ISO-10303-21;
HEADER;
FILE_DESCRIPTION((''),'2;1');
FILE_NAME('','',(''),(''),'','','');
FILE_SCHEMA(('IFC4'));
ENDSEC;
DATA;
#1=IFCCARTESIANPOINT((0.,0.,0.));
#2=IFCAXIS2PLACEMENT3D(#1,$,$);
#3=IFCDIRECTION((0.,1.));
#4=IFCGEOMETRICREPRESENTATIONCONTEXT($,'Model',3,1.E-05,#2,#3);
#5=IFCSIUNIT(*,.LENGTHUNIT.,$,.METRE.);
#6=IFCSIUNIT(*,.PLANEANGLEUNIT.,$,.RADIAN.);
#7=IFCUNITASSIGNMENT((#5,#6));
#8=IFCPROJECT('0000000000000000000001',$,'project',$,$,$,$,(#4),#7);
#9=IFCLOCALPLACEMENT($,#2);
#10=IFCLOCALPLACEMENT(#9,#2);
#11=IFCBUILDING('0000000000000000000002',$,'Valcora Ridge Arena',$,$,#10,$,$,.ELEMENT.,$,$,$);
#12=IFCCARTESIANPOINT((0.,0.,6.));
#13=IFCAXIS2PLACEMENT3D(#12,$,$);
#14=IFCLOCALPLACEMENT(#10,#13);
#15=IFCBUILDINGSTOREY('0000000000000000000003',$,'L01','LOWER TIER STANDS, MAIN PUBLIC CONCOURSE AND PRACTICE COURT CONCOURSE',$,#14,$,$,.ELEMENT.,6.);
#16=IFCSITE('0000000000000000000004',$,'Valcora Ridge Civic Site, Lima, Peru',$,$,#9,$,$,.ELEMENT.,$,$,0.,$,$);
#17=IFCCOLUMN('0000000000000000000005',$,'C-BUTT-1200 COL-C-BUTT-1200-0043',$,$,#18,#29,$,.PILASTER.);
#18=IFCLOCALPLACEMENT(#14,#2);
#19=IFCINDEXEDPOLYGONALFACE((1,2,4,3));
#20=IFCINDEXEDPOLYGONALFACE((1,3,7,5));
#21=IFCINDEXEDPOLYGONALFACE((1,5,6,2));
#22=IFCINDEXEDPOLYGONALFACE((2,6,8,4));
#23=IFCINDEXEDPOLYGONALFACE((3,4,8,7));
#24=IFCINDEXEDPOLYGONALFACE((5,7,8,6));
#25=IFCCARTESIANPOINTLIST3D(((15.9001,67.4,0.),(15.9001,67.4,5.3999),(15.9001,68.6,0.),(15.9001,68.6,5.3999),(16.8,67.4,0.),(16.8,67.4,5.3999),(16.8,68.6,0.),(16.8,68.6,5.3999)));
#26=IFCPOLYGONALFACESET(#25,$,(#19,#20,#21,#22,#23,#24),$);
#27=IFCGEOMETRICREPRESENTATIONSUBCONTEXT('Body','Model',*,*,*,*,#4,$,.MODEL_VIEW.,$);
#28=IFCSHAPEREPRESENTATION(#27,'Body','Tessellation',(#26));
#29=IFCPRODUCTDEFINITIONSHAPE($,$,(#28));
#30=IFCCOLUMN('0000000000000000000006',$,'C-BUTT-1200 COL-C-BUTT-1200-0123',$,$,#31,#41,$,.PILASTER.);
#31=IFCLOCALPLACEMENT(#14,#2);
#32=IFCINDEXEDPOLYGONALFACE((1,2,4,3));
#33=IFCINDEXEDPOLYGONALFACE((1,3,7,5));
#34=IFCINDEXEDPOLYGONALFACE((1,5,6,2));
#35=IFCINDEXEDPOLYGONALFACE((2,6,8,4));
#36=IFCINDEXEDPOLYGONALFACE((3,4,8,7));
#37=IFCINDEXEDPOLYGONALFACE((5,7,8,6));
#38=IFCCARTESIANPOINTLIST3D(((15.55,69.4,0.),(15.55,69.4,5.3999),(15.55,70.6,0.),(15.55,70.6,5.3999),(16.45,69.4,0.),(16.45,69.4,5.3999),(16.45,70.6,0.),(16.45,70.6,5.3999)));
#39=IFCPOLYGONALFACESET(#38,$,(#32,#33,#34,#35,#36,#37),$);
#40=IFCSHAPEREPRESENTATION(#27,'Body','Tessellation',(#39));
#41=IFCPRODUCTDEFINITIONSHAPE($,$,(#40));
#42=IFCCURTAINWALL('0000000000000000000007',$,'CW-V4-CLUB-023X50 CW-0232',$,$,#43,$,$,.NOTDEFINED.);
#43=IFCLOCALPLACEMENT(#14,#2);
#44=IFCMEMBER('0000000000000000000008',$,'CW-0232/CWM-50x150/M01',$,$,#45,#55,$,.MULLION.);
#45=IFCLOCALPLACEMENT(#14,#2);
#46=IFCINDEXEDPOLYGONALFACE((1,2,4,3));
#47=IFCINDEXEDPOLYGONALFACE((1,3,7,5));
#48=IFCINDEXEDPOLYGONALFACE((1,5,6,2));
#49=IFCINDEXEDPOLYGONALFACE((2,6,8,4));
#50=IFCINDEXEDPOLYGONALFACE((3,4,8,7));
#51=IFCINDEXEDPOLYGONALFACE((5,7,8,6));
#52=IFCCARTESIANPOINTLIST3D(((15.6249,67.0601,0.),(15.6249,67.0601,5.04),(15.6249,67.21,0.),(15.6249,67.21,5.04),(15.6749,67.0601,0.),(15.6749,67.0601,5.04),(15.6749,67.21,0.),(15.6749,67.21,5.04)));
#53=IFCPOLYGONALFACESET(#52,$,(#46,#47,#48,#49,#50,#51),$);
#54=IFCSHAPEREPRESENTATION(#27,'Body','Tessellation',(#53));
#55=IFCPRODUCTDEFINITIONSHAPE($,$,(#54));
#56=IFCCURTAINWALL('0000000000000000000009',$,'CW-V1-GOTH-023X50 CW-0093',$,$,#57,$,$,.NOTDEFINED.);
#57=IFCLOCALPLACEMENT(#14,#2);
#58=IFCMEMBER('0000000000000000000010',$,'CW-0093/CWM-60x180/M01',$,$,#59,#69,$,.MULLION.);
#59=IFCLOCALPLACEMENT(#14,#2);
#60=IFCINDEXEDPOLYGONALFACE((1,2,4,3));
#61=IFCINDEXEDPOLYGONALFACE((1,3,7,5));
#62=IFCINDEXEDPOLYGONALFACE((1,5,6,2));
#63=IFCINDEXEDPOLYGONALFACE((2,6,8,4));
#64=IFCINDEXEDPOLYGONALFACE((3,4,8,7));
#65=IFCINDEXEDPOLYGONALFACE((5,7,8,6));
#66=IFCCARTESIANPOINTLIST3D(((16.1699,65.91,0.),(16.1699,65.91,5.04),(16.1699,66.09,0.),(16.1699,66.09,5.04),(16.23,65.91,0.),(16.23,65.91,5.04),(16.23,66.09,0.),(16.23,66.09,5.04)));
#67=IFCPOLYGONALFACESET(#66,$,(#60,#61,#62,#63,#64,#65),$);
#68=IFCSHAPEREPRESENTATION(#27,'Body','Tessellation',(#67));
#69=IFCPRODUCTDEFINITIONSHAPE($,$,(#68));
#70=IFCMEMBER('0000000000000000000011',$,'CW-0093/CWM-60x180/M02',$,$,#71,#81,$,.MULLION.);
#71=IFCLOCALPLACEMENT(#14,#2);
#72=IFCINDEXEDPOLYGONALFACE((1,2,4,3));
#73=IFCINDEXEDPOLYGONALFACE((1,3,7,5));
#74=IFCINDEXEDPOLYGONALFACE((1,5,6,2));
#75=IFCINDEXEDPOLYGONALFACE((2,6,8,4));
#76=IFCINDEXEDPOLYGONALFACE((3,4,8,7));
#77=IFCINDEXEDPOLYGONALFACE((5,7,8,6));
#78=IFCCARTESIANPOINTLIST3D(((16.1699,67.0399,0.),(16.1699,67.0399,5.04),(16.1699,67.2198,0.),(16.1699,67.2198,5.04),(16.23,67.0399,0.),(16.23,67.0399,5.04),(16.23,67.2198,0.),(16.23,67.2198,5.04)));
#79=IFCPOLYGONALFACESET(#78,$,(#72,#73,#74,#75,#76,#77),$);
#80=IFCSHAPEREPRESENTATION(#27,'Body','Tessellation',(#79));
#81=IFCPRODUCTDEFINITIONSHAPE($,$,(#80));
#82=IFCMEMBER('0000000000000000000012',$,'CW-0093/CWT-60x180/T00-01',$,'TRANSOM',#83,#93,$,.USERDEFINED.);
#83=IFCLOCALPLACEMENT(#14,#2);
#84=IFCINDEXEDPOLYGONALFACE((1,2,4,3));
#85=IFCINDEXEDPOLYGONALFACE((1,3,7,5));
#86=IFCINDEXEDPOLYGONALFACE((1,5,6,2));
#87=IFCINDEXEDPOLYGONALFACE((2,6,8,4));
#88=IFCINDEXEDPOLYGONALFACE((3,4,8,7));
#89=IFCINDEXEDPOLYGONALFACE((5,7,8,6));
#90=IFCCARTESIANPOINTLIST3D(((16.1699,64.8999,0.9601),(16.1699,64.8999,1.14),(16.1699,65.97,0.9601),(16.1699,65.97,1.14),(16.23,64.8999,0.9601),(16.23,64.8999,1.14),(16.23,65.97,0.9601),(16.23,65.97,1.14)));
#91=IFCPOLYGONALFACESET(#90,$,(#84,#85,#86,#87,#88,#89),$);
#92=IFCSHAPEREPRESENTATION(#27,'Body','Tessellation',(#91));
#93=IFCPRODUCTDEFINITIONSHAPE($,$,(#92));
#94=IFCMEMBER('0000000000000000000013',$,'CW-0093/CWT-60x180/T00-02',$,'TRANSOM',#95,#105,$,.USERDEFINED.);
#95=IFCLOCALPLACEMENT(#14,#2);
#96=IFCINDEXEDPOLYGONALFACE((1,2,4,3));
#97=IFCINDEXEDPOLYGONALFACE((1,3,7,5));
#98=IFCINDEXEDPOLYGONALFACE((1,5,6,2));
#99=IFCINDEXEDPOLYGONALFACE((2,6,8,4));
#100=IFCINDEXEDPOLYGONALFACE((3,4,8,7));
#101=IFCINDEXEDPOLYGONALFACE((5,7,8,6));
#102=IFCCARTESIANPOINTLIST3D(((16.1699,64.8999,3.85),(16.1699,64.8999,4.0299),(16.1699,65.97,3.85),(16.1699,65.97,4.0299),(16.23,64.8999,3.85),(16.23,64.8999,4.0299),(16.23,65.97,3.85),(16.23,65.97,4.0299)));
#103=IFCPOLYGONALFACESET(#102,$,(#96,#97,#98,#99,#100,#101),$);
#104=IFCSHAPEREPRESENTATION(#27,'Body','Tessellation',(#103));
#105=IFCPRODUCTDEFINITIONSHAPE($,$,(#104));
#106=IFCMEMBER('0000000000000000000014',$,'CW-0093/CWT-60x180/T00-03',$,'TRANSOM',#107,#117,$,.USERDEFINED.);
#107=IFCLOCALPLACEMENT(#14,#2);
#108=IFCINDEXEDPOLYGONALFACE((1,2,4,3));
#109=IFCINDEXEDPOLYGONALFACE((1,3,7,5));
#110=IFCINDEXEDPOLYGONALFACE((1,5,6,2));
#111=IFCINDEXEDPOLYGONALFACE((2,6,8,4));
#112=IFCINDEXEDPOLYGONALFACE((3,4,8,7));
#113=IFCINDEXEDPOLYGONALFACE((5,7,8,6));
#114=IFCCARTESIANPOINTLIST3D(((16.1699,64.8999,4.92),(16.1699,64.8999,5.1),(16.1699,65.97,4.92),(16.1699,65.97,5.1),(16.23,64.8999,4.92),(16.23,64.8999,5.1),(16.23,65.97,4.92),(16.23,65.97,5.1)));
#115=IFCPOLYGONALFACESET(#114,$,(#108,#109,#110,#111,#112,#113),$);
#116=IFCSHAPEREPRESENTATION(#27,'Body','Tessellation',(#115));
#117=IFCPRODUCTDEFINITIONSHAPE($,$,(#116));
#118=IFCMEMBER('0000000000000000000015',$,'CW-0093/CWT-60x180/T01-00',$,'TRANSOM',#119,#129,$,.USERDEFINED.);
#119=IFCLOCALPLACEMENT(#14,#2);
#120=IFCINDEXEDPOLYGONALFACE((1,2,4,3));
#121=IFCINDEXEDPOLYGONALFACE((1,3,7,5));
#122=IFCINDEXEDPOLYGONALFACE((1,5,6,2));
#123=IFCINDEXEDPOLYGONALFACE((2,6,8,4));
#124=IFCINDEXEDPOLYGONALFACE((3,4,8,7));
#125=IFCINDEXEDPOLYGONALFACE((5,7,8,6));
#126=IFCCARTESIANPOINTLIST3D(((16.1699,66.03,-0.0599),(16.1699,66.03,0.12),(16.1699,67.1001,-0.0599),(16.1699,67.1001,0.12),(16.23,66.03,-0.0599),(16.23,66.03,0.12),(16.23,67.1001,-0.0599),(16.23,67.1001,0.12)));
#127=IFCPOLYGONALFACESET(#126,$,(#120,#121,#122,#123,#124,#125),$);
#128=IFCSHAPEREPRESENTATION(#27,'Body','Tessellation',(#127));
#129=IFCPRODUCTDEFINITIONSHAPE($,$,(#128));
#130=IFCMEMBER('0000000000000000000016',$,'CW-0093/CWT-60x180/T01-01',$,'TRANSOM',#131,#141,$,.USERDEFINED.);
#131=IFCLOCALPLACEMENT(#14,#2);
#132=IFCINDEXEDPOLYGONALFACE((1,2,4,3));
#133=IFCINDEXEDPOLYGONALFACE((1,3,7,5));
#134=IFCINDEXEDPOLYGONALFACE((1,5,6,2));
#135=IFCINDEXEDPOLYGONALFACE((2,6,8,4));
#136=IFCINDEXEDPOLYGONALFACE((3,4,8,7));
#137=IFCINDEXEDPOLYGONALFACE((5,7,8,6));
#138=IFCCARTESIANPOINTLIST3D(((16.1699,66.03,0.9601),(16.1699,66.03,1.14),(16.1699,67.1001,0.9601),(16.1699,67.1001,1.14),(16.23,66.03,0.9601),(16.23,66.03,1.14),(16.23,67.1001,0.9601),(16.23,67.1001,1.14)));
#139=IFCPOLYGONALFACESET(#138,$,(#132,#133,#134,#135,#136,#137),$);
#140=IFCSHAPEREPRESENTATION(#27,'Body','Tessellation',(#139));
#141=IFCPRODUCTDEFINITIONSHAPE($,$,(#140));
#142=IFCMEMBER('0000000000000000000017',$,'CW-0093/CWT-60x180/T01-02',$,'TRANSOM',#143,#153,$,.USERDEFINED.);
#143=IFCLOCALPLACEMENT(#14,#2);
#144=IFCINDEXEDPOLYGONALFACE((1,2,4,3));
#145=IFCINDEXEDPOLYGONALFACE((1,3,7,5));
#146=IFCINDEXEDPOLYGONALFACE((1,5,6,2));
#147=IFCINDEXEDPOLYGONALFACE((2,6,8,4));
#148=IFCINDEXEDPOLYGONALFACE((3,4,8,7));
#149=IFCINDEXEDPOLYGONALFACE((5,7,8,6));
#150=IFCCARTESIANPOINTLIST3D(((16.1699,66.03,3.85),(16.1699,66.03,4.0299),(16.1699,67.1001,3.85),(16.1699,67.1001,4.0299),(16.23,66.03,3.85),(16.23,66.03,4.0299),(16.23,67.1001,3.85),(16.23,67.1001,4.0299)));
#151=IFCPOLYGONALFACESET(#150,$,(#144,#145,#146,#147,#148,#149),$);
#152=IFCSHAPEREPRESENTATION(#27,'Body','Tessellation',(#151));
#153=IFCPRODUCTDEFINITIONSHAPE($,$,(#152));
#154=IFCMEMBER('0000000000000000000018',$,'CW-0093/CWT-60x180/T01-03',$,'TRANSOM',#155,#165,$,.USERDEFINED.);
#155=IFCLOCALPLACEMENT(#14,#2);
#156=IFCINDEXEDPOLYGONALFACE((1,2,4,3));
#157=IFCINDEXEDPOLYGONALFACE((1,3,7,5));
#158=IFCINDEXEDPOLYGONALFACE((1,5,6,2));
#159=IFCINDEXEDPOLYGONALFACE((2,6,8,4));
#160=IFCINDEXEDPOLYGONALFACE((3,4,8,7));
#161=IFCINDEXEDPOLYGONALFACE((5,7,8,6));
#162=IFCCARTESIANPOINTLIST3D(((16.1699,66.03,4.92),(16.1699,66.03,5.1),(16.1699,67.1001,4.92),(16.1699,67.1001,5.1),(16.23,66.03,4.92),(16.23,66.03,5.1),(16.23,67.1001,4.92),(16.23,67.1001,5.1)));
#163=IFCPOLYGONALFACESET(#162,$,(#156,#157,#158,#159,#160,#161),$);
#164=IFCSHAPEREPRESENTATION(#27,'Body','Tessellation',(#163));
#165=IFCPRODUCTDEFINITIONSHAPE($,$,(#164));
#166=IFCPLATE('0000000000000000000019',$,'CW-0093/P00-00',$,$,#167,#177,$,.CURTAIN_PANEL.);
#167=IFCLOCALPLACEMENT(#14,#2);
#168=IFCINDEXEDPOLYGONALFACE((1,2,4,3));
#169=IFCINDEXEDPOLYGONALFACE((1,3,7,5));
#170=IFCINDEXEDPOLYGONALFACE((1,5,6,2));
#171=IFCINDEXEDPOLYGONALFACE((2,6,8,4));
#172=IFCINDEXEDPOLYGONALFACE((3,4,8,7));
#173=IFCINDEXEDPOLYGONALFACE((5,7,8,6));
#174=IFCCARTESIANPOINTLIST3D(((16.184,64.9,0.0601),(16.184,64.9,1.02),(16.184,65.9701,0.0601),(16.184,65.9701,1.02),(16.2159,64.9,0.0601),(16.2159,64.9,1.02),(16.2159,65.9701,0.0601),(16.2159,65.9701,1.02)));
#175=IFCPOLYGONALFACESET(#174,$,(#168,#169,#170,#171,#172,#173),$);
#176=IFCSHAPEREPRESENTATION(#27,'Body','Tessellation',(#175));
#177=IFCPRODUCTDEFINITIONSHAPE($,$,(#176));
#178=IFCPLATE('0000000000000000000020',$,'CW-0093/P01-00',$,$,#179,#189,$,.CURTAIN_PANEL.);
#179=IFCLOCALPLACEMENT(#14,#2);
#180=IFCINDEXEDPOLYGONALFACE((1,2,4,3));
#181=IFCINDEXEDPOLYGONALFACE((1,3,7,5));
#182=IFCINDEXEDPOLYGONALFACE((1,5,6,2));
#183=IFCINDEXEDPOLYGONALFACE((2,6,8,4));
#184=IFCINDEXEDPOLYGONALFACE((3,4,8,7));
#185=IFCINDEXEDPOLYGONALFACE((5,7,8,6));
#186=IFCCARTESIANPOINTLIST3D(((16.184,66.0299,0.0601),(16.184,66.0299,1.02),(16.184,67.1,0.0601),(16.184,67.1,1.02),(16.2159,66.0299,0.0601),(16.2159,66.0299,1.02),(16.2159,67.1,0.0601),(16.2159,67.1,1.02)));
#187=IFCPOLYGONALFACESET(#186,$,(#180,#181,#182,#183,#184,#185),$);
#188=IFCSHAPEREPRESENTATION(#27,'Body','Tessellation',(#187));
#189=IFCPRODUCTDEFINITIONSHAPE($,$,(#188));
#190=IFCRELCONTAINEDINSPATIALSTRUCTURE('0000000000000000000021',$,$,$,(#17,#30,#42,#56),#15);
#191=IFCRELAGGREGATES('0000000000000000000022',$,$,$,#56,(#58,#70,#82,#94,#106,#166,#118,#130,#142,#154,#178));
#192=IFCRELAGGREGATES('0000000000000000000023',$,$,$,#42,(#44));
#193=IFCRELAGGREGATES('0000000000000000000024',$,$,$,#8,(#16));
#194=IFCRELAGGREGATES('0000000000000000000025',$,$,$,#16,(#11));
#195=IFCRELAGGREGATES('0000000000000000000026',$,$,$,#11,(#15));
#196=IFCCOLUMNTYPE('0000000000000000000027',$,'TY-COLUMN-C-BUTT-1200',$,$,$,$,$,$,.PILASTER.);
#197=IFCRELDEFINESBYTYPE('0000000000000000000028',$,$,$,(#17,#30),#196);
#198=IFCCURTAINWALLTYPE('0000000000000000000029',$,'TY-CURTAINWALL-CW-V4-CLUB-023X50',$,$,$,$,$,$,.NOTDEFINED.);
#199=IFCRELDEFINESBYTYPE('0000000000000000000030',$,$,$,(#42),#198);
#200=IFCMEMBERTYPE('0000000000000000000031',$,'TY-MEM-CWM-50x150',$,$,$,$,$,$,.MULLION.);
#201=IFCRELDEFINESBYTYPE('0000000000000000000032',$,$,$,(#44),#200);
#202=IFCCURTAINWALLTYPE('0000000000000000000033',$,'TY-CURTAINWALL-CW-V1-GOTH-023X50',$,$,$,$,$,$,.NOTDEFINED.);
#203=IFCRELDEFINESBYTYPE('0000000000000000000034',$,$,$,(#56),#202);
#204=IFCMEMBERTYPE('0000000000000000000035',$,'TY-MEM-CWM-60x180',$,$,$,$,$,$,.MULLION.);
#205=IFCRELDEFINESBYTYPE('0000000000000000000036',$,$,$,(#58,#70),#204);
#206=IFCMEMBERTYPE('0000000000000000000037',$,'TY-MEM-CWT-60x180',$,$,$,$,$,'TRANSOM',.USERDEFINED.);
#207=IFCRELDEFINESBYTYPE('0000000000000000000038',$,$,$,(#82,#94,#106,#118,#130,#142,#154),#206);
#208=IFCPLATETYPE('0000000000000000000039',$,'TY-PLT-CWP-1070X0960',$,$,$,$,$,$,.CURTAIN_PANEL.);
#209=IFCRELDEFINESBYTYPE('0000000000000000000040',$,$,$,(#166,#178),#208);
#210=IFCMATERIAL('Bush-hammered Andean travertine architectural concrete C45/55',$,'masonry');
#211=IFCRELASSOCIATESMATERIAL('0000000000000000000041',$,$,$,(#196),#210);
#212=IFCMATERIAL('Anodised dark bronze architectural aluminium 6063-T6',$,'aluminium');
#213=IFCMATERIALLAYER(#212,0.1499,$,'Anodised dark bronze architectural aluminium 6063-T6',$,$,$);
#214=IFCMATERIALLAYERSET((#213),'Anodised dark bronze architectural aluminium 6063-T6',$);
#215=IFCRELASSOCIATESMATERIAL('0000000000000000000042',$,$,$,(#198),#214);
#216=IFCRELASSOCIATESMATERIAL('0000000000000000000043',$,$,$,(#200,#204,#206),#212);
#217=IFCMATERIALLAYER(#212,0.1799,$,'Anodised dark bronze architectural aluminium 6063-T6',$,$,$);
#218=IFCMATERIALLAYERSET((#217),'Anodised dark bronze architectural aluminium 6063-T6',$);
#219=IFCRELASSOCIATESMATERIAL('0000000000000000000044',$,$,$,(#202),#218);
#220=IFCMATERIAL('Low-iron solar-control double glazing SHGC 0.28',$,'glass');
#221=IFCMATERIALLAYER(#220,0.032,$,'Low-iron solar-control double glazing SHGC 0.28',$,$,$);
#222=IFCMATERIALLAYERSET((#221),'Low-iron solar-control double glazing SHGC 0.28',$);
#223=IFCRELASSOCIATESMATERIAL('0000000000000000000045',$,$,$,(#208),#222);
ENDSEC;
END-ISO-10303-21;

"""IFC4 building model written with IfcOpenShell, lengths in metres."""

from ifc_helpers import new_model, si_unit, direction, frame, origin, origin_2d, place, context, subcontext, project, spatial, rectangle, extrude, material, layer, layer_set, material_profile, profile_set, type_object, element, aggregate, save


model = new_model("IFC4")

# Units and contexts
model_context = context("Model", 3, precision=1e-05, world=origin(), true_north=direction((0.0, 1.0)))
body_context = subcontext(model_context, "Body", "Model", "MODEL_VIEW")
ifc_project = project(units=[si_unit("LENGTHUNIT", "METRE"), si_unit("PLANEANGLEUNIT", "RADIAN")], contexts=[model_context])

# Site, building, storey
site_placement = place(None, origin())
site = spatial("IfcSite", under=ifc_project, at=site_placement, Name="Valcora Ridge Civic Site, Lima, Peru", CompositionType="ELEMENT", RefElevation=0.0)
building_placement = place(site_placement, origin())
building = spatial("IfcBuilding", under=site, at=building_placement, Name="Valcora Ridge Arena", CompositionType="ELEMENT")
storey_placement = place(building_placement, frame((0.0, 0.0, 6.0)))
storey = spatial("IfcBuildingStorey", under=building, at=storey_placement, Name="L01", Description="LOWER TIER STANDS, MAIN PUBLIC CONCOURSE AND PRACTICE COURT CONCOURSE", CompositionType="ELEMENT", Elevation=6.0)

# Columns
ifc_material_1 = material(Name="Bush-hammered Andean travertine architectural concrete C45/55", Category="masonry")
ifc_material_profile_1 = material_profile(ifc_material_1, rectangle(XDim=0.8999, YDim=1.2, at=origin_2d()), Name="RC 900x1200")
ifc_profile_set_1 = profile_set([ifc_material_profile_1], Name="Bush-hammered Andean travertine architectural concrete C45/55")
column_type = type_object("IfcColumnType", Name="TY-COLUMN-C-BUTT-1200", PredefinedType="PILASTER", material=ifc_profile_set_1)
for number, where, z_axis, x_axis, name in (
    (1, (16.3501, 68.0, 0.0), (0.0, 0.0, 1.0), (1.0, 0.0, 0.0), "C-BUTT-1200 COL-C-BUTT-1200-0043"),
    (2, (16.0, 70.0, 0.0), (0.0, 0.0, 1.0), (1.0, 0.0, 0.0), "C-BUTT-1200 COL-C-BUTT-1200-0123"),
):
    element("IfcColumn", number, at=place(storey_placement, frame(where, z_axis=z_axis, x_axis=x_axis)), inside=storey, type_object=column_type, Name=name, PredefinedType="PILASTER", context=body_context, shape_type="SweptSolid", body=[
        extrude(rectangle(XDim=0.8999, YDim=1.2, at=origin_2d()), origin(), (0.0, 0.0, 1.0), 5.3999),
    ])

# Curtain wall, member
ifc_material_2 = material(Name="Anodised dark bronze architectural aluminium 6063-T6", Category="aluminium")
ifc_layer_1 = layer(ifc_material_2, 0.1499, Name="Anodised dark bronze architectural aluminium 6063-T6")
ifc_layer_set_1 = layer_set([ifc_layer_1], Name="Anodised dark bronze architectural aluminium 6063-T6")
curtain_wall_type_1 = type_object("IfcCurtainWallType", Name="TY-CURTAINWALL-CW-V4-CLUB-023X50", PredefinedType="NOTDEFINED", material=ifc_layer_set_1)
curtain_wall_1_placement = place(storey_placement, origin())
curtain_wall_1 = element("IfcCurtainWall", 3, at=curtain_wall_1_placement, inside=storey, type_object=curtain_wall_type_1, Name="CW-V4-CLUB-023X50 CW-0232", PredefinedType="NOTDEFINED")
ifc_material_profile_2 = material_profile(ifc_material_2, rectangle(XDim=0.05, YDim=0.1499, at=origin_2d()), Name="ALU MULLION 50x150")
ifc_profile_set_2 = profile_set([ifc_material_profile_2], Name="Anodised dark bronze architectural aluminium 6063-T6")
member_type_1 = type_object("IfcMemberType", Name="TY-MEM-CWM-50x150", PredefinedType="MULLION", material=ifc_profile_set_2)
member_1_placement = place(storey_placement, frame((15.6499, 67.135, 0.0), z_axis=(0.0, 0.0, 1.0), x_axis=(-1.0, 0.0, 0.0)))
member_1 = element("IfcMember", 4, at=member_1_placement, type_object=member_type_1, Name="CW-0232/CWM-50x150/M01", PredefinedType="MULLION", context=body_context, shape_type="SweptSolid", body=[
    extrude(rectangle(XDim=0.05, YDim=0.1499, at=origin_2d()), origin(), (0.0, 0.0, 1.0), 5.04),
])

# Curtain wall, members, plates
ifc_layer_2 = layer(ifc_material_2, 0.1799, Name="Anodised dark bronze architectural aluminium 6063-T6")
ifc_layer_set_2 = layer_set([ifc_layer_2], Name="Anodised dark bronze architectural aluminium 6063-T6")
curtain_wall_type_2 = type_object("IfcCurtainWallType", Name="TY-CURTAINWALL-CW-V1-GOTH-023X50", PredefinedType="NOTDEFINED", material=ifc_layer_set_2)
curtain_wall_2_placement = place(storey_placement, origin())
curtain_wall_2 = element("IfcCurtainWall", 5, at=curtain_wall_2_placement, inside=storey, type_object=curtain_wall_type_2, Name="CW-V1-GOTH-023X50 CW-0093", PredefinedType="NOTDEFINED")
ifc_material_profile_3 = material_profile(ifc_material_2, rectangle(XDim=0.0601, YDim=0.1799, at=origin_2d()), Name="ALU MULLION 60x180")
ifc_profile_set_3 = profile_set([ifc_material_profile_3], Name="Anodised dark bronze architectural aluminium 6063-T6")
member_type_2 = type_object("IfcMemberType", Name="TY-MEM-CWM-60x180", PredefinedType="MULLION", material=ifc_profile_set_3)
member_2_placement = place(storey_placement, frame((16.2, 66.0, 0.0), z_axis=(0.0, 0.0, 1.0), x_axis=(-1.0, 0.0, 0.0)))
member_2 = element("IfcMember", 6, at=member_2_placement, type_object=member_type_2, Name="CW-0093/CWM-60x180/M01", PredefinedType="MULLION", context=body_context, shape_type="SweptSolid", body=[
    extrude(rectangle(XDim=0.0601, YDim=0.1799, at=origin_2d()), origin(), (0.0, 0.0, 1.0), 5.04),
])
member_3_placement = place(storey_placement, frame((16.2, 67.1299, 0.0), z_axis=(0.0, 0.0, 1.0), x_axis=(-1.0, 0.0, 0.0)))
member_3 = element("IfcMember", 7, at=member_3_placement, type_object=member_type_2, Name="CW-0093/CWM-60x180/M02", PredefinedType="MULLION", context=body_context, shape_type="SweptSolid", body=[
    extrude(rectangle(XDim=0.0601, YDim=0.1799, at=origin_2d()), origin(), (0.0, 0.0, 1.0), 5.04),
])
ifc_material_profile_4 = material_profile(ifc_material_2, rectangle(XDim=0.0601, YDim=0.1799, at=origin_2d()), Name="ALU TRANSOM 60x180")
ifc_profile_set_4 = profile_set([ifc_material_profile_4], Name="Anodised dark bronze architectural aluminium 6063-T6")
member_type_3 = type_object("IfcMemberType", Name="TY-MEM-CWT-60x180", ElementType="TRANSOM", PredefinedType="USERDEFINED", material=ifc_profile_set_4)
member_4_placement = place(storey_placement, frame((16.2, 64.8999, 1.05), z_axis=(0.0, 1.0, 0.0), x_axis=(-1.0, 0.0, 0.0)))
member_4 = element("IfcMember", 8, at=member_4_placement, type_object=member_type_3, Name="CW-0093/CWT-60x180/T00-01", ObjectType="TRANSOM", PredefinedType="USERDEFINED", context=body_context, shape_type="SweptSolid", body=[
    extrude(rectangle(XDim=0.0601, YDim=0.1799, at=origin_2d()), origin(), (0.0, 0.0, 1.0), 1.0701),
])
member_5_placement = place(storey_placement, frame((16.2, 64.8999, 3.9399), z_axis=(0.0, 1.0, 0.0), x_axis=(-1.0, 0.0, 0.0)))
member_5 = element("IfcMember", 9, at=member_5_placement, type_object=member_type_3, Name="CW-0093/CWT-60x180/T00-02", ObjectType="TRANSOM", PredefinedType="USERDEFINED", context=body_context, shape_type="SweptSolid", body=[
    extrude(rectangle(XDim=0.0601, YDim=0.1799, at=origin_2d()), origin(), (0.0, 0.0, 1.0), 1.0701),
])
member_6_placement = place(storey_placement, frame((16.2, 64.8999, 5.01), z_axis=(0.0, 1.0, 0.0), x_axis=(-1.0, 0.0, 0.0)))
member_6 = element("IfcMember", 10, at=member_6_placement, type_object=member_type_3, Name="CW-0093/CWT-60x180/T00-03", ObjectType="TRANSOM", PredefinedType="USERDEFINED", context=body_context, shape_type="SweptSolid", body=[
    extrude(rectangle(XDim=0.0601, YDim=0.1799, at=origin_2d()), origin(), (0.0, 0.0, 1.0), 1.0701),
])
member_7_placement = place(storey_placement, frame((16.2, 66.03, 0.03), z_axis=(0.0, 1.0, 0.0), x_axis=(-1.0, 0.0, 0.0)))
member_7 = element("IfcMember", 11, at=member_7_placement, type_object=member_type_3, Name="CW-0093/CWT-60x180/T01-00", ObjectType="TRANSOM", PredefinedType="USERDEFINED", context=body_context, shape_type="SweptSolid", body=[
    extrude(rectangle(XDim=0.0601, YDim=0.1799, at=origin_2d()), origin(), (0.0, 0.0, 1.0), 1.0701),
])
member_8_placement = place(storey_placement, frame((16.2, 66.03, 1.05), z_axis=(0.0, 1.0, 0.0), x_axis=(-1.0, 0.0, 0.0)))
member_8 = element("IfcMember", 12, at=member_8_placement, type_object=member_type_3, Name="CW-0093/CWT-60x180/T01-01", ObjectType="TRANSOM", PredefinedType="USERDEFINED", context=body_context, shape_type="SweptSolid", body=[
    extrude(rectangle(XDim=0.0601, YDim=0.1799, at=origin_2d()), origin(), (0.0, 0.0, 1.0), 1.0701),
])
member_9_placement = place(storey_placement, frame((16.2, 66.03, 3.9399), z_axis=(0.0, 1.0, 0.0), x_axis=(-1.0, 0.0, 0.0)))
member_9 = element("IfcMember", 13, at=member_9_placement, type_object=member_type_3, Name="CW-0093/CWT-60x180/T01-02", ObjectType="TRANSOM", PredefinedType="USERDEFINED", context=body_context, shape_type="SweptSolid", body=[
    extrude(rectangle(XDim=0.0601, YDim=0.1799, at=origin_2d()), origin(), (0.0, 0.0, 1.0), 1.0701),
])
member_10_placement = place(storey_placement, frame((16.2, 66.03, 5.01), z_axis=(0.0, 1.0, 0.0), x_axis=(-1.0, 0.0, 0.0)))
member_10 = element("IfcMember", 14, at=member_10_placement, type_object=member_type_3, Name="CW-0093/CWT-60x180/T01-03", ObjectType="TRANSOM", PredefinedType="USERDEFINED", context=body_context, shape_type="SweptSolid", body=[
    extrude(rectangle(XDim=0.0601, YDim=0.1799, at=origin_2d()), origin(), (0.0, 0.0, 1.0), 1.0701),
])
ifc_material_3 = material(Name="Low-iron solar-control double glazing SHGC 0.28", Category="glass")
ifc_layer_3 = layer(ifc_material_3, 0.032, Name="Low-iron solar-control double glazing SHGC 0.28")
ifc_layer_set_3 = layer_set([ifc_layer_3], Name="Low-iron solar-control double glazing SHGC 0.28")
plate_type_1 = type_object("IfcPlateType", Name="TY-PLT-CWP-1070X0960", PredefinedType="CURTAIN_PANEL", material=ifc_layer_set_3)
plate_1_placement = place(storey_placement, frame((16.2, 65.4351, 0.0601), z_axis=(0.0, 0.0, 1.0), x_axis=(0.0, 1.0, 0.0)))
plate_1 = element("IfcPlate", 15, at=plate_1_placement, type_object=plate_type_1, Name="CW-0093/P00-00", PredefinedType="CURTAIN_PANEL", context=body_context, shape_type="SweptSolid", body=[
    extrude(rectangle(XDim=1.0701, YDim=0.032, at=origin_2d()), origin(), (0.0, 0.0, 1.0), 0.96),
])
plate_2_placement = place(storey_placement, frame((16.2, 66.5649, 0.0601), z_axis=(0.0, 0.0, 1.0), x_axis=(0.0, 1.0, 0.0)))
plate_2 = element("IfcPlate", 16, at=plate_2_placement, type_object=plate_type_1, Name="CW-0093/P01-00", PredefinedType="CURTAIN_PANEL", context=body_context, shape_type="SweptSolid", body=[
    extrude(rectangle(XDim=1.0701, YDim=0.032, at=origin_2d()), origin(), (0.0, 0.0, 1.0), 0.96),
])
aggregate(curtain_wall_2, [member_2, member_3, member_4, member_5, member_6, plate_1, member_7, member_8, member_9, member_10, plate_2])

aggregate(curtain_wall_1, [member_1])

save(model, "model.ifc")
